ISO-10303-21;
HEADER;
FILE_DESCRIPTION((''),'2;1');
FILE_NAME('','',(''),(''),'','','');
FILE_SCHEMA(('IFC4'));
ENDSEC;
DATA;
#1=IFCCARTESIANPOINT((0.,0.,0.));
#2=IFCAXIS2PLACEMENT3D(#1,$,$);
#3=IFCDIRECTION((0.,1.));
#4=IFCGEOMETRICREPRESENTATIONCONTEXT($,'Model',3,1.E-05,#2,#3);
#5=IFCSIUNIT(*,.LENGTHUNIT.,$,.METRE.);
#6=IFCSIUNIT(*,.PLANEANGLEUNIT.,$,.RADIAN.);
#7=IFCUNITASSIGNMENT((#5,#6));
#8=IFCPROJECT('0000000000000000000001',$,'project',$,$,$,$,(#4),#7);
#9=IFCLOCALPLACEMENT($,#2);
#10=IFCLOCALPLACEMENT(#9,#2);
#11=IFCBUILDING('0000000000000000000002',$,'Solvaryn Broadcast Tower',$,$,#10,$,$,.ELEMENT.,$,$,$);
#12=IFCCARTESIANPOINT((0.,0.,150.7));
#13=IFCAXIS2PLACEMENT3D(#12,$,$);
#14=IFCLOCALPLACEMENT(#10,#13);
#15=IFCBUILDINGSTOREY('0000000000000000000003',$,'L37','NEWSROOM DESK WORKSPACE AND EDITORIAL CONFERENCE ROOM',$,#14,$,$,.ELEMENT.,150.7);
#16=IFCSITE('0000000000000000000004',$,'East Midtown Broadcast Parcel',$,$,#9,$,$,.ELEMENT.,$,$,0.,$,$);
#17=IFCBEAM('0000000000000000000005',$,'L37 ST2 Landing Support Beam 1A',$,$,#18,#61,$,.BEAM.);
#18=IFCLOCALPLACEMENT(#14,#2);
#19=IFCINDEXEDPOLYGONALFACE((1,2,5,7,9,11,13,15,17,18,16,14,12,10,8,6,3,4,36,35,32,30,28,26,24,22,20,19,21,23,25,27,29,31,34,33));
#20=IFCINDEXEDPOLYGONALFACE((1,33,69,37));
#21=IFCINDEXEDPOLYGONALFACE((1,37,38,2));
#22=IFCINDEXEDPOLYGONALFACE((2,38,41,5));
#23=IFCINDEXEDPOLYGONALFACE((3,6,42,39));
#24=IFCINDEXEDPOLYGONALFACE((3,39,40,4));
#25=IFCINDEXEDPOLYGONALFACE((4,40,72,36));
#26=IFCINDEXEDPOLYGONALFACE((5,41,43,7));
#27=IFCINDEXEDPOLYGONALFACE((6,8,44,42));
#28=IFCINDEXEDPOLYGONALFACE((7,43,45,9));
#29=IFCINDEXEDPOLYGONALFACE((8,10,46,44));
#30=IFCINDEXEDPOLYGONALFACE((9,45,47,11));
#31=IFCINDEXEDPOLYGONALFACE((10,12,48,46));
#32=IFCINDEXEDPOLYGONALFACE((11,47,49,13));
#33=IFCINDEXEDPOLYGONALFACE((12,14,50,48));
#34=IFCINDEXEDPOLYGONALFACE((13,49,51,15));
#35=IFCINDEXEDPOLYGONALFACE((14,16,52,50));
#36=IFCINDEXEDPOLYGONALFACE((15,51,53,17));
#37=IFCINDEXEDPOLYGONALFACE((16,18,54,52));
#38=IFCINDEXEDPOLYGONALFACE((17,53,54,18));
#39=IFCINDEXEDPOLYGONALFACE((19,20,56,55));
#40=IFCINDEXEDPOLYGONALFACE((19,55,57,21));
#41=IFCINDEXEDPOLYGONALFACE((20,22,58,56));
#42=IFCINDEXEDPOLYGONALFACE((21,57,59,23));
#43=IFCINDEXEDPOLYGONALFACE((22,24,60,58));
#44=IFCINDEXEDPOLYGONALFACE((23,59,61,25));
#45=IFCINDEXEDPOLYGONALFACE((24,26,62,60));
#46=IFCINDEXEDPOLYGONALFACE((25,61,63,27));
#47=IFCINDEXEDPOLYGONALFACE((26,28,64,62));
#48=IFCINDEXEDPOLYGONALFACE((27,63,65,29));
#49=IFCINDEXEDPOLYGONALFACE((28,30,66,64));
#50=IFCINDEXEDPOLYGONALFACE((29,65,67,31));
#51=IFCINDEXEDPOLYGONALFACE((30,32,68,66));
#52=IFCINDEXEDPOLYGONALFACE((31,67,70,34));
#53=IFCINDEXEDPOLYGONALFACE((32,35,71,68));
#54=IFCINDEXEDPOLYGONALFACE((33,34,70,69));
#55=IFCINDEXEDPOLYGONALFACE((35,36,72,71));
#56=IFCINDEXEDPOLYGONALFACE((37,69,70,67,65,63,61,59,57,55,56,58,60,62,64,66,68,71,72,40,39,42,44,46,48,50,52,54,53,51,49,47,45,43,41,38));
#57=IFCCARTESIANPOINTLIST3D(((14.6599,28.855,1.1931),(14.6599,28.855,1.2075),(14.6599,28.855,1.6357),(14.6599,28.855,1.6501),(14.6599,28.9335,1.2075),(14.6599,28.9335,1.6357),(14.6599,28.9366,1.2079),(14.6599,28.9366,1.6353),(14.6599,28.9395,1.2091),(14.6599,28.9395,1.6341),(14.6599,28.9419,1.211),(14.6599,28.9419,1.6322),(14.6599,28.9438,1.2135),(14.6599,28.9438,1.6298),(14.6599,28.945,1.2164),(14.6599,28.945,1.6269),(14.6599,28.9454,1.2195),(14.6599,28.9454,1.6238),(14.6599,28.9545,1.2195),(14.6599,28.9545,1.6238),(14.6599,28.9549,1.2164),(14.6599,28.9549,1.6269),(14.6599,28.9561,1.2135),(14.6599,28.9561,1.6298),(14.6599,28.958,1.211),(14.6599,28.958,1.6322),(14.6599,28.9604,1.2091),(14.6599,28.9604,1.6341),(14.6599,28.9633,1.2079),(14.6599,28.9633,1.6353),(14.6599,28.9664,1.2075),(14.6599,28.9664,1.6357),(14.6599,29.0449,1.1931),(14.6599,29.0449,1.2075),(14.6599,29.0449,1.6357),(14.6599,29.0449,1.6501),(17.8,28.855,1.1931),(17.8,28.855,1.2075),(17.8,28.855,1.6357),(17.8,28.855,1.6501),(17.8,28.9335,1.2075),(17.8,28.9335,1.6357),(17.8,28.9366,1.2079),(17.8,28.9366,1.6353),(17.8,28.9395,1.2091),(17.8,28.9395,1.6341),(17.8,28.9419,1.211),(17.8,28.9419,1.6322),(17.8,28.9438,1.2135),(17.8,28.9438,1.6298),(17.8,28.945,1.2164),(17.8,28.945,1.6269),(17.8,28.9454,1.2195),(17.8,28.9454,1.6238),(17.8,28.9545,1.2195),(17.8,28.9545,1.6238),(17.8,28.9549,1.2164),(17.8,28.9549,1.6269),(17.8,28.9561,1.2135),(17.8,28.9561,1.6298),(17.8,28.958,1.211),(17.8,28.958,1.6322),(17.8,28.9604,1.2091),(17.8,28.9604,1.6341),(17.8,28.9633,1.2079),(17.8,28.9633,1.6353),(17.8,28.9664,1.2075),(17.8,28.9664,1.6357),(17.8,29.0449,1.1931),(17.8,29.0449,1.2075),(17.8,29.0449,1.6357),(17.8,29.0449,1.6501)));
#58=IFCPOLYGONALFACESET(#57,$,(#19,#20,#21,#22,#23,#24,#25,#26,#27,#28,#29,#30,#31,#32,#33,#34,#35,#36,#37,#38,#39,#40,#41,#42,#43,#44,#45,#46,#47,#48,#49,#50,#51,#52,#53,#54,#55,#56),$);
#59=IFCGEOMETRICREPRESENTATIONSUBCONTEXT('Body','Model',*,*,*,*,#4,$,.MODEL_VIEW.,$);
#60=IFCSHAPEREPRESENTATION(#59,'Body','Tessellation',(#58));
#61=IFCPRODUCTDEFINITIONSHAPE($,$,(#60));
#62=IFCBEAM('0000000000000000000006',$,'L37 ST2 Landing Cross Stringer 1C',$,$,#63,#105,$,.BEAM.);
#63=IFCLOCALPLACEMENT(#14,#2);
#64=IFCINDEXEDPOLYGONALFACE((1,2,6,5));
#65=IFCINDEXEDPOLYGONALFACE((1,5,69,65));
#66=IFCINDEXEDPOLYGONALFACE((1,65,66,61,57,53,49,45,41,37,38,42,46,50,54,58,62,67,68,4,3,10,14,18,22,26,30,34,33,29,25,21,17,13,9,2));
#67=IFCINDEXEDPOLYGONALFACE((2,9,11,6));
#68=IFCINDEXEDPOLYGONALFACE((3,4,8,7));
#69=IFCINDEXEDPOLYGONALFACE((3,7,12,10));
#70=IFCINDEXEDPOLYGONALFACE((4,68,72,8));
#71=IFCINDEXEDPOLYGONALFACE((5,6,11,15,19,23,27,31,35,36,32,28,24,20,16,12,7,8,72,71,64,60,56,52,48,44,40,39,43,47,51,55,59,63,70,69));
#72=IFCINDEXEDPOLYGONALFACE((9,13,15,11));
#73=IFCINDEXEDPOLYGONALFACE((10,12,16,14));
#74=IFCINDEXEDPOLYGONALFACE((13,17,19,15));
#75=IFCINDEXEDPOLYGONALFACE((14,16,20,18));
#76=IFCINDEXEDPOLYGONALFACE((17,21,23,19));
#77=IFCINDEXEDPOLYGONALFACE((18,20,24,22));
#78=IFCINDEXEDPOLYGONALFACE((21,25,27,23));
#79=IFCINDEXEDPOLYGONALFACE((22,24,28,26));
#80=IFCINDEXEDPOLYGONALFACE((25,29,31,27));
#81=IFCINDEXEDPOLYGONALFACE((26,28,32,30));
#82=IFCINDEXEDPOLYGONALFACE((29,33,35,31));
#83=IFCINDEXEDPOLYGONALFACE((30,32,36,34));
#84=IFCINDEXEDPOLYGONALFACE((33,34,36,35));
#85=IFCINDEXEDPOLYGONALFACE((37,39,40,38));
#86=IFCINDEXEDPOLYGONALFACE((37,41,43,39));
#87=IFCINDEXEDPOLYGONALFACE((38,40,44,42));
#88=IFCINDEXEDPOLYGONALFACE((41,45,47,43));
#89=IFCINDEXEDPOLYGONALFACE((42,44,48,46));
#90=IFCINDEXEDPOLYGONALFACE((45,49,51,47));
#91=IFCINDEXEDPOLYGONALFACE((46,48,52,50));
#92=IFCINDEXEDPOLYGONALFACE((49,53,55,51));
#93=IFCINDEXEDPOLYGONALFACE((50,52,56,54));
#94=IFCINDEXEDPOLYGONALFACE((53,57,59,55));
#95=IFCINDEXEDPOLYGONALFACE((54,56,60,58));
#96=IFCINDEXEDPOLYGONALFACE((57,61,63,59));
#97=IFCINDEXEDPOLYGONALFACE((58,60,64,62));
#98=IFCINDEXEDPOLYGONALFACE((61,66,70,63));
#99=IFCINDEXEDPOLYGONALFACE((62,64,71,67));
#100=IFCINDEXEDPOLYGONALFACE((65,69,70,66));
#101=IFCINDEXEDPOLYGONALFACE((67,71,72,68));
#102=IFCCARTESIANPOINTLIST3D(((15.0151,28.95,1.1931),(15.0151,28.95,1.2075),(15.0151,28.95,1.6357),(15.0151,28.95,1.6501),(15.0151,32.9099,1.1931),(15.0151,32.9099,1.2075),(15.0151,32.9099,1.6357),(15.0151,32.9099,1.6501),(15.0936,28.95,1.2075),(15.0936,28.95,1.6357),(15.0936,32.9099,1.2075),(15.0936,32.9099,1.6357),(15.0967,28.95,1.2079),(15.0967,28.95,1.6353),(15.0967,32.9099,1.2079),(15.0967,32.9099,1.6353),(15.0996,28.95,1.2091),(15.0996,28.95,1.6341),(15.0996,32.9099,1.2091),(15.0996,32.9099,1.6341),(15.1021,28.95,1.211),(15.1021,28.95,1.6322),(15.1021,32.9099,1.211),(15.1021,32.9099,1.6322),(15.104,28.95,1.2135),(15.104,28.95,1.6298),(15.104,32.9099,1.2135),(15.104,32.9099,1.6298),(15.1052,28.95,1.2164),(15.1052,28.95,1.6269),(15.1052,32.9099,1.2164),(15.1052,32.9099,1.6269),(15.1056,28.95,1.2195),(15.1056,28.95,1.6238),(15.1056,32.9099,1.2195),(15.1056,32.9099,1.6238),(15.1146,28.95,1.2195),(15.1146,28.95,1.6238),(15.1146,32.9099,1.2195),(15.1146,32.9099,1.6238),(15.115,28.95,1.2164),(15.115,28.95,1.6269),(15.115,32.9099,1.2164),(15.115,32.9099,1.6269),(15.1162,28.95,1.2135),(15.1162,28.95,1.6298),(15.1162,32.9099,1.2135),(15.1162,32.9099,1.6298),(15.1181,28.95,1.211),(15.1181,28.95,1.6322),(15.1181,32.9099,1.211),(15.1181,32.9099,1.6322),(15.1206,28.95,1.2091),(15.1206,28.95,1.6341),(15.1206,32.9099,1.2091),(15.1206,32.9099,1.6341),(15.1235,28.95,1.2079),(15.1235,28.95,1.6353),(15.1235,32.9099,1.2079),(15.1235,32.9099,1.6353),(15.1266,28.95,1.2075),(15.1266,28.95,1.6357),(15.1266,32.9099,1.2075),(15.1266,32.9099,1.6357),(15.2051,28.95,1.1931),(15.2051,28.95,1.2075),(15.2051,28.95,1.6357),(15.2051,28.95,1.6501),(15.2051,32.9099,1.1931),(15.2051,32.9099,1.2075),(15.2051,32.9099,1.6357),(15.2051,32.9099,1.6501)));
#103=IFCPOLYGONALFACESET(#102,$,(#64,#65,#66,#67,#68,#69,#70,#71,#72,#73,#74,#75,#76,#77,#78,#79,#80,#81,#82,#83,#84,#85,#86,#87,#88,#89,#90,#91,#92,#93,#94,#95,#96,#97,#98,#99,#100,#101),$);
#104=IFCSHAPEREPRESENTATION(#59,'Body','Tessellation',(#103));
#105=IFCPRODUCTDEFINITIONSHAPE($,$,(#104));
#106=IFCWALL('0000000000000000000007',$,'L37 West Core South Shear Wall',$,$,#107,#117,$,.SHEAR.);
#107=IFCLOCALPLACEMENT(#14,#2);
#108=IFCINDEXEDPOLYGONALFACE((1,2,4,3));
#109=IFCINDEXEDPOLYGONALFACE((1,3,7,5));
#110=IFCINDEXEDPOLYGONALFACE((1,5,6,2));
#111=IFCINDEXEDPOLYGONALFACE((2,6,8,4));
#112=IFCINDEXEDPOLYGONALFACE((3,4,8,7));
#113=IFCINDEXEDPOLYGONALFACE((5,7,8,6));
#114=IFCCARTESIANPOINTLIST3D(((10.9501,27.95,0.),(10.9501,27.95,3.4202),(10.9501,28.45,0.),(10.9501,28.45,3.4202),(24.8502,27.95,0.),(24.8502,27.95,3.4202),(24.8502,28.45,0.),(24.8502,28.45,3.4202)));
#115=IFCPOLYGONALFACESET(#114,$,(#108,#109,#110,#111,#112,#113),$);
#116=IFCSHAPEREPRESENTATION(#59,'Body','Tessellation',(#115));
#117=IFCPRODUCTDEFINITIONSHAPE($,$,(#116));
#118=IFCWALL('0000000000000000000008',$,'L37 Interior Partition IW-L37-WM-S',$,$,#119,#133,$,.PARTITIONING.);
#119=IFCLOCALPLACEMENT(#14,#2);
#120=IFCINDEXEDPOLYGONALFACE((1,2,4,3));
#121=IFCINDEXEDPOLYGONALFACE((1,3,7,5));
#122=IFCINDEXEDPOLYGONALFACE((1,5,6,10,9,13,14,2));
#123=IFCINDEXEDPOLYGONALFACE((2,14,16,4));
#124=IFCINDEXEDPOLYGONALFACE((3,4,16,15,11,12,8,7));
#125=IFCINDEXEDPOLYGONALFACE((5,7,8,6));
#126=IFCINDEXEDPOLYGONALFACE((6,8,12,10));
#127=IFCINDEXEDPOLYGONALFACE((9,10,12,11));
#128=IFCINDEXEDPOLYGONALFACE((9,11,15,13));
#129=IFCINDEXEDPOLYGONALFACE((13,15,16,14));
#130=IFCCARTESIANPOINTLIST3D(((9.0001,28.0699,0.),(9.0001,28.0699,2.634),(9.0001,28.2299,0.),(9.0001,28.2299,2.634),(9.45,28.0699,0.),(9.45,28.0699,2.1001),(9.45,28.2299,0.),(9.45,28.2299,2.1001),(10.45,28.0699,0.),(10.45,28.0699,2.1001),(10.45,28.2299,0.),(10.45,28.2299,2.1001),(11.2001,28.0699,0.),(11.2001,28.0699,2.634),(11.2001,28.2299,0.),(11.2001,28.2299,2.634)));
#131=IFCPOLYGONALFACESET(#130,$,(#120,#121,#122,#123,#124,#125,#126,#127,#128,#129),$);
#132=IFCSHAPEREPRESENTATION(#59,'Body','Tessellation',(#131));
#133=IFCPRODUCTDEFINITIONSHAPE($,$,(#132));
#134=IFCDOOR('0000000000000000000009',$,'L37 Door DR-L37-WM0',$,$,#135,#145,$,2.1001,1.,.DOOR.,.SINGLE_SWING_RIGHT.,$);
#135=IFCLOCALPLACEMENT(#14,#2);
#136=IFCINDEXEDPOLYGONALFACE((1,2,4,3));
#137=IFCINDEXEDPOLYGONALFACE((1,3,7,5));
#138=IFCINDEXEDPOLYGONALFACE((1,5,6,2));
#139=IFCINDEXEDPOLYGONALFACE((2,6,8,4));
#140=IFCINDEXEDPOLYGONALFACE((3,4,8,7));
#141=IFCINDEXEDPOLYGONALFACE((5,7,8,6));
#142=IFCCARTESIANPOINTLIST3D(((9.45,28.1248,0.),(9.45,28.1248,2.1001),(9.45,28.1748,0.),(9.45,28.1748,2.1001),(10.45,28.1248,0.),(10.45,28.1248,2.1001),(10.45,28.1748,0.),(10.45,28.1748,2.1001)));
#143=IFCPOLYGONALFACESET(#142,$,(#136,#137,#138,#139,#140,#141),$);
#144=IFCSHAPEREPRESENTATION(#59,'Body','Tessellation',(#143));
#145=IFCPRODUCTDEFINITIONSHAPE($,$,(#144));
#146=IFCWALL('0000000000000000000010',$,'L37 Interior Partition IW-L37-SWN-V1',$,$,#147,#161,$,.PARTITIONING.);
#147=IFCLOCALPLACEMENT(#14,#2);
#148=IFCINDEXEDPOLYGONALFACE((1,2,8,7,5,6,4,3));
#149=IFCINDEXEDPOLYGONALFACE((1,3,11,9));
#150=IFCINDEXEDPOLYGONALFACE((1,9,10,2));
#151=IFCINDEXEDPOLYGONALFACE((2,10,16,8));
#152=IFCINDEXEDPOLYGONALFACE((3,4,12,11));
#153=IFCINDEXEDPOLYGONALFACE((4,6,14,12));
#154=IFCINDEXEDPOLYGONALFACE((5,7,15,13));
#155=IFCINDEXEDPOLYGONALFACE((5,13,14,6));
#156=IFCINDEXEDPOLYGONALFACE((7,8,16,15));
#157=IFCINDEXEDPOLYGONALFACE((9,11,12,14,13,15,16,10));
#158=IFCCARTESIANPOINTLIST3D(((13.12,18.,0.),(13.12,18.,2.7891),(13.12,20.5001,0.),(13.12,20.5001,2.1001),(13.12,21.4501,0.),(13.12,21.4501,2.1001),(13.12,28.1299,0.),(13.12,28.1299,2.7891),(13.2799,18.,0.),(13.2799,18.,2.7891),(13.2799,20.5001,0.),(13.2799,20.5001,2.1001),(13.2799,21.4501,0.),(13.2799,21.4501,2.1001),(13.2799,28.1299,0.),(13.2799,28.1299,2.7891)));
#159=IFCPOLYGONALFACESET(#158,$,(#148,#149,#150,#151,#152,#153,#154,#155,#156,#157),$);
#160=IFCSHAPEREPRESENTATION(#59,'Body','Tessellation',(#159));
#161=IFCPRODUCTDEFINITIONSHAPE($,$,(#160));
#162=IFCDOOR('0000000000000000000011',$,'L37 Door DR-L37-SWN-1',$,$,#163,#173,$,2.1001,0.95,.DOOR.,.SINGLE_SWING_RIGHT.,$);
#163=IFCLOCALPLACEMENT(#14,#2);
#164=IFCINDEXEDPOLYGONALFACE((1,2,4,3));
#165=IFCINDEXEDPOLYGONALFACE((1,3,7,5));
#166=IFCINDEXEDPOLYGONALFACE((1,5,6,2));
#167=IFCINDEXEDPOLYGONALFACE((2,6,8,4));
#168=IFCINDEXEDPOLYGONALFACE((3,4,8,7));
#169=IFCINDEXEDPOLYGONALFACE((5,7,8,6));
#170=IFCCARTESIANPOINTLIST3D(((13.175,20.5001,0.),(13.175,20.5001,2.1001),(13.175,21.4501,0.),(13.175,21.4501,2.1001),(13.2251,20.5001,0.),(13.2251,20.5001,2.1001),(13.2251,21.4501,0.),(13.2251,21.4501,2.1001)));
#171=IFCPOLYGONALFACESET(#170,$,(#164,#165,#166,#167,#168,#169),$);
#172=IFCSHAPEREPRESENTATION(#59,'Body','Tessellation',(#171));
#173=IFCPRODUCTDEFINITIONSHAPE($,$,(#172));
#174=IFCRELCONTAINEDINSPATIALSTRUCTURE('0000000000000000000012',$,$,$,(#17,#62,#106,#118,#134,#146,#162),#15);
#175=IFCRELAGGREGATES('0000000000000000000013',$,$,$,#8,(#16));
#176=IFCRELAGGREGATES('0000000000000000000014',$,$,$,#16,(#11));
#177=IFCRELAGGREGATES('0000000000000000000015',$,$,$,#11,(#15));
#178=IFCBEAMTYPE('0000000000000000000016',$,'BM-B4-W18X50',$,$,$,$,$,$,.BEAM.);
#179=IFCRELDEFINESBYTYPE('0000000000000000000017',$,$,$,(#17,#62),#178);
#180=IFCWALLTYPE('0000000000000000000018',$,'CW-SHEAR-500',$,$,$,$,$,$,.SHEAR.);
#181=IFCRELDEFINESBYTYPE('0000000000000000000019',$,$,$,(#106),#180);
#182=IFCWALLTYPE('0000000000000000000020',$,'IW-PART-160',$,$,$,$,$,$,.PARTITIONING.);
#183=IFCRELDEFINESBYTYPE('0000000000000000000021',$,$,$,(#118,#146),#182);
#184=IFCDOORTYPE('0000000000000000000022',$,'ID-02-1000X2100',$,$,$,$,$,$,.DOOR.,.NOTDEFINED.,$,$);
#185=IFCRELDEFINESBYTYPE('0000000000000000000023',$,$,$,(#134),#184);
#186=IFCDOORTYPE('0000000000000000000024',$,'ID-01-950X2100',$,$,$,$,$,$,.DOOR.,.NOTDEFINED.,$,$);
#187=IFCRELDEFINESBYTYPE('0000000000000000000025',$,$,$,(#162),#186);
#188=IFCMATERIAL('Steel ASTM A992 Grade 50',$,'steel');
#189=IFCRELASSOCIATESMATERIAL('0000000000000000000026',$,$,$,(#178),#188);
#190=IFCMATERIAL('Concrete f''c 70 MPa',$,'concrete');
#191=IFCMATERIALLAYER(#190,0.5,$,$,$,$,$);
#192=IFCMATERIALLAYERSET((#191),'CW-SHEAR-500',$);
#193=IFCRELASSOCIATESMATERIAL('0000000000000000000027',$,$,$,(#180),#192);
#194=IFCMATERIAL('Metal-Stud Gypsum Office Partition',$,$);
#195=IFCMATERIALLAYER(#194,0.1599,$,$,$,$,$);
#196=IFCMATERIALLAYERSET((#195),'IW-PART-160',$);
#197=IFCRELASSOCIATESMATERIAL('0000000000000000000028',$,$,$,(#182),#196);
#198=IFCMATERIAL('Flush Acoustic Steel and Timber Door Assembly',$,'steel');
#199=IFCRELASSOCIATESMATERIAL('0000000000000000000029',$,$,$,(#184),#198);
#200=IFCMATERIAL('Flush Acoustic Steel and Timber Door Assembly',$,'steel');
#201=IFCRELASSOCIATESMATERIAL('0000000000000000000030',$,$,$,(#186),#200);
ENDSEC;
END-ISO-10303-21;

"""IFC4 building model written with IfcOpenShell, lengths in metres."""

from ifc_helpers import new_model, si_unit, direction, frame, frame_2d, origin, origin_2d, place, context, subcontext, project, spatial, rectangle, i_section, extrude, material, layer, layer_set, material_profile, profile_set, type_object, element, fill, save


model = new_model("IFC4")

# Units and contexts
model_context = context("Model", 3, precision=1e-05, world=origin(), true_north=direction((0.0, 1.0)))
body_context = subcontext(model_context, "Body", "Model", "MODEL_VIEW")
ifc_project = project(units=[si_unit("LENGTHUNIT", "METRE"), si_unit("PLANEANGLEUNIT", "RADIAN")], contexts=[model_context])

# Site, building, storey
site_placement = place(None, origin())
site = spatial("IfcSite", under=ifc_project, at=site_placement, Name="East Midtown Broadcast Parcel", CompositionType="ELEMENT", RefElevation=0.0)
building_placement = place(site_placement, origin())
building = spatial("IfcBuilding", under=site, at=building_placement, Name="Solvaryn Broadcast Tower", CompositionType="ELEMENT")
storey_placement = place(building_placement, frame((0.0, 0.0, 150.7)))
storey = spatial("IfcBuildingStorey", under=building, at=storey_placement, Name="L37", Description="NEWSROOM DESK WORKSPACE AND EDITORIAL CONFERENCE ROOM", CompositionType="ELEMENT", Elevation=150.7)

# Beams
ifc_material_1 = material(Name="Steel ASTM A992 Grade 50", Category="steel")
ifc_material_profile_1 = material_profile(ifc_material_1, i_section(OverallWidth=0.1899, OverallDepth=0.457, WebThickness=0.009, FlangeThickness=0.0144, FilletRadius=0.012, at=origin_2d()))
ifc_profile_set_1 = profile_set([ifc_material_profile_1], Name="Steel ASTM A992 Grade 50")
beam_type_1 = type_object("IfcBeamType", Name="BM-B4-W18X50", PredefinedType="BEAM", material=ifc_profile_set_1)
beam_1_placement = place(storey_placement, frame((14.6599, 28.95, 1.4216), z_axis=(1.0, 0.0, 0.0), x_axis=(0.0, 1.0, 0.0)))
element("IfcBeam", 1, at=beam_1_placement, inside=storey, type_object=beam_type_1, Name="L37 ST2 Landing Support Beam 1A", PredefinedType="BEAM", context=body_context, shape_type="SweptSolid", body=[
    extrude(i_section(OverallWidth=0.1899, OverallDepth=0.457, WebThickness=0.009, FlangeThickness=0.0144, FilletRadius=0.012, at=origin_2d()), origin(), (0.0, 0.0, 1.0), 3.1401),
])
beam_2_placement = place(storey_placement, frame((15.1101, 28.95, 1.4216), z_axis=(0.0, 1.0, 0.0), x_axis=(-1.0, 0.0, 0.0)))
element("IfcBeam", 2, at=beam_2_placement, inside=storey, type_object=beam_type_1, Name="L37 ST2 Landing Cross Stringer 1C", PredefinedType="BEAM", context=body_context, shape_type="SweptSolid", body=[
    extrude(i_section(OverallWidth=0.1899, OverallDepth=0.457, WebThickness=0.009, FlangeThickness=0.0144, FilletRadius=0.012, at=origin_2d()), origin(), (0.0, 0.0, 1.0), 3.96),
])

# Wall
ifc_material_2 = material(Name="Concrete f'c 70 MPa", Category="concrete")
ifc_layer_1 = layer(ifc_material_2, 0.5)
ifc_layer_set_1 = layer_set([ifc_layer_1], Name="CW-SHEAR-500")
wall_type_1 = type_object("IfcWallType", Name="CW-SHEAR-500", PredefinedType="SHEAR", material=ifc_layer_set_1)
wall_1_placement = place(storey_placement, frame((10.95, 28.2, 0.0), z_axis=(0.0, 0.0, 1.0), x_axis=(1.0, 0.0, 0.0)))
element("IfcWall", 3, at=wall_1_placement, inside=storey, type_object=wall_type_1, Name="L37 West Core South Shear Wall", PredefinedType="SHEAR", context=body_context, shape_type="SweptSolid", body=[
    extrude(rectangle(XDim=13.9001, YDim=0.5, at=frame_2d((6.9502, 0.0))), origin(), (0.0, 0.0, 1.0), 3.4202),
])

# Walls, openings, doors
ifc_material_3 = material(Name="Metal-Stud Gypsum Office Partition")
ifc_layer_2 = layer(ifc_material_3, 0.1599)
ifc_layer_set_2 = layer_set([ifc_layer_2], Name="IW-PART-160")
wall_type_2 = type_object("IfcWallType", Name="IW-PART-160", PredefinedType="PARTITIONING", material=ifc_layer_set_2)
wall_2_placement = place(storey_placement, frame((9.0, 28.1499, 0.0), z_axis=(0.0, 0.0, 1.0), x_axis=(1.0, 0.0, 0.0)))
wall_2 = element("IfcWall", 4, at=wall_2_placement, inside=storey, type_object=wall_type_2, Name="L37 Interior Partition IW-L37-WM-S", PredefinedType="PARTITIONING", context=body_context, shape_type="SweptSolid", body=[
    extrude(rectangle(XDim=2.2, YDim=0.1599, at=frame_2d((1.1001, 0.0))), origin(), (0.0, 0.0, 1.0), 2.634),
])
opening_1_placement = place(wall_2_placement, frame((0.45, 0.0, 0.0)))
opening_1 = element("IfcOpeningElement", 5, at=opening_1_placement, cuts=wall_2, PredefinedType="OPENING", context=body_context, shape_type="SweptSolid", body=[
    extrude(rectangle(XDim=1.0, YDim=2.1001, at=frame_2d((0.5, 1.05))), frame((0.0, 0.0901, 0.0), z_axis=(0.0, -1.0, 0.0), x_axis=(1.0, 0.0, 0.0)), (0.0, 0.0, 1.0), 0.1799),
])
ifc_material_4 = material(Name="Flush Acoustic Steel and Timber Door Assembly", Category="steel")
door_type_1 = type_object("IfcDoorType", Name="ID-02-1000X2100", OperationType="NOTDEFINED", PredefinedType="DOOR", material=ifc_material_4)
door_1_placement = place(opening_1_placement, origin())
door_1 = element("IfcDoor", 6, at=door_1_placement, inside=storey, type_object=door_type_1, Name="L37 Door DR-L37-WM0", OperationType="SINGLE_SWING_RIGHT", OverallHeight=2.1001, OverallWidth=1.0, PredefinedType="DOOR", context=body_context, shape_type="SweptSolid", body=[
    extrude(rectangle(XDim=1.0, YDim=2.1001, at=frame_2d((0.5, 1.05))), frame((0.0, 0.0249, 0.0), z_axis=(0.0, -1.0, 0.0), x_axis=(1.0, 0.0, 0.0)), (0.0, 0.0, 1.0), 0.05),
])
fill(opening_1, door_1)
wall_3_placement = place(storey_placement, frame((13.2, 18.0, 0.0), z_axis=(0.0, 0.0, 1.0), x_axis=(0.0, 1.0, 0.0)))
wall_3 = element("IfcWall", 7, at=wall_3_placement, inside=storey, type_object=wall_type_2, Name="L37 Interior Partition IW-L37-SWN-V1", PredefinedType="PARTITIONING", context=body_context, shape_type="SweptSolid", body=[
    extrude(rectangle(XDim=10.1299, YDim=0.1599, at=frame_2d((5.0649, 0.0))), origin(), (0.0, 0.0, 1.0), 2.7891),
])
opening_2_placement = place(wall_3_placement, frame((2.5, 0.0, 0.0)))
opening_2 = element("IfcOpeningElement", 8, at=opening_2_placement, cuts=wall_3, PredefinedType="OPENING", context=body_context, shape_type="SweptSolid", body=[
    extrude(rectangle(XDim=0.95, YDim=2.1001, at=frame_2d((0.4751, 1.05))), frame((0.0, 0.0901, 0.0), z_axis=(0.0, -1.0, 0.0), x_axis=(1.0, 0.0, 0.0)), (0.0, 0.0, 1.0), 0.1799),
])
ifc_material_5 = material(Name="Flush Acoustic Steel and Timber Door Assembly", Category="steel")
door_type_2 = type_object("IfcDoorType", Name="ID-01-950X2100", OperationType="NOTDEFINED", PredefinedType="DOOR", material=ifc_material_5)
door_2_placement = place(opening_2_placement, origin())
door_2 = element("IfcDoor", 9, at=door_2_placement, inside=storey, type_object=door_type_2, Name="L37 Door DR-L37-SWN-1", OperationType="SINGLE_SWING_RIGHT", OverallHeight=2.1001, OverallWidth=0.95, PredefinedType="DOOR", context=body_context, shape_type="SweptSolid", body=[
    extrude(rectangle(XDim=0.95, YDim=2.1001, at=frame_2d((0.4751, 1.05))), frame((0.0, 0.0249, 0.0), z_axis=(0.0, -1.0, 0.0), x_axis=(1.0, 0.0, 0.0)), (0.0, 0.0, 1.0), 0.05),
])
fill(opening_2, door_2)

save(model, "model.ifc")
